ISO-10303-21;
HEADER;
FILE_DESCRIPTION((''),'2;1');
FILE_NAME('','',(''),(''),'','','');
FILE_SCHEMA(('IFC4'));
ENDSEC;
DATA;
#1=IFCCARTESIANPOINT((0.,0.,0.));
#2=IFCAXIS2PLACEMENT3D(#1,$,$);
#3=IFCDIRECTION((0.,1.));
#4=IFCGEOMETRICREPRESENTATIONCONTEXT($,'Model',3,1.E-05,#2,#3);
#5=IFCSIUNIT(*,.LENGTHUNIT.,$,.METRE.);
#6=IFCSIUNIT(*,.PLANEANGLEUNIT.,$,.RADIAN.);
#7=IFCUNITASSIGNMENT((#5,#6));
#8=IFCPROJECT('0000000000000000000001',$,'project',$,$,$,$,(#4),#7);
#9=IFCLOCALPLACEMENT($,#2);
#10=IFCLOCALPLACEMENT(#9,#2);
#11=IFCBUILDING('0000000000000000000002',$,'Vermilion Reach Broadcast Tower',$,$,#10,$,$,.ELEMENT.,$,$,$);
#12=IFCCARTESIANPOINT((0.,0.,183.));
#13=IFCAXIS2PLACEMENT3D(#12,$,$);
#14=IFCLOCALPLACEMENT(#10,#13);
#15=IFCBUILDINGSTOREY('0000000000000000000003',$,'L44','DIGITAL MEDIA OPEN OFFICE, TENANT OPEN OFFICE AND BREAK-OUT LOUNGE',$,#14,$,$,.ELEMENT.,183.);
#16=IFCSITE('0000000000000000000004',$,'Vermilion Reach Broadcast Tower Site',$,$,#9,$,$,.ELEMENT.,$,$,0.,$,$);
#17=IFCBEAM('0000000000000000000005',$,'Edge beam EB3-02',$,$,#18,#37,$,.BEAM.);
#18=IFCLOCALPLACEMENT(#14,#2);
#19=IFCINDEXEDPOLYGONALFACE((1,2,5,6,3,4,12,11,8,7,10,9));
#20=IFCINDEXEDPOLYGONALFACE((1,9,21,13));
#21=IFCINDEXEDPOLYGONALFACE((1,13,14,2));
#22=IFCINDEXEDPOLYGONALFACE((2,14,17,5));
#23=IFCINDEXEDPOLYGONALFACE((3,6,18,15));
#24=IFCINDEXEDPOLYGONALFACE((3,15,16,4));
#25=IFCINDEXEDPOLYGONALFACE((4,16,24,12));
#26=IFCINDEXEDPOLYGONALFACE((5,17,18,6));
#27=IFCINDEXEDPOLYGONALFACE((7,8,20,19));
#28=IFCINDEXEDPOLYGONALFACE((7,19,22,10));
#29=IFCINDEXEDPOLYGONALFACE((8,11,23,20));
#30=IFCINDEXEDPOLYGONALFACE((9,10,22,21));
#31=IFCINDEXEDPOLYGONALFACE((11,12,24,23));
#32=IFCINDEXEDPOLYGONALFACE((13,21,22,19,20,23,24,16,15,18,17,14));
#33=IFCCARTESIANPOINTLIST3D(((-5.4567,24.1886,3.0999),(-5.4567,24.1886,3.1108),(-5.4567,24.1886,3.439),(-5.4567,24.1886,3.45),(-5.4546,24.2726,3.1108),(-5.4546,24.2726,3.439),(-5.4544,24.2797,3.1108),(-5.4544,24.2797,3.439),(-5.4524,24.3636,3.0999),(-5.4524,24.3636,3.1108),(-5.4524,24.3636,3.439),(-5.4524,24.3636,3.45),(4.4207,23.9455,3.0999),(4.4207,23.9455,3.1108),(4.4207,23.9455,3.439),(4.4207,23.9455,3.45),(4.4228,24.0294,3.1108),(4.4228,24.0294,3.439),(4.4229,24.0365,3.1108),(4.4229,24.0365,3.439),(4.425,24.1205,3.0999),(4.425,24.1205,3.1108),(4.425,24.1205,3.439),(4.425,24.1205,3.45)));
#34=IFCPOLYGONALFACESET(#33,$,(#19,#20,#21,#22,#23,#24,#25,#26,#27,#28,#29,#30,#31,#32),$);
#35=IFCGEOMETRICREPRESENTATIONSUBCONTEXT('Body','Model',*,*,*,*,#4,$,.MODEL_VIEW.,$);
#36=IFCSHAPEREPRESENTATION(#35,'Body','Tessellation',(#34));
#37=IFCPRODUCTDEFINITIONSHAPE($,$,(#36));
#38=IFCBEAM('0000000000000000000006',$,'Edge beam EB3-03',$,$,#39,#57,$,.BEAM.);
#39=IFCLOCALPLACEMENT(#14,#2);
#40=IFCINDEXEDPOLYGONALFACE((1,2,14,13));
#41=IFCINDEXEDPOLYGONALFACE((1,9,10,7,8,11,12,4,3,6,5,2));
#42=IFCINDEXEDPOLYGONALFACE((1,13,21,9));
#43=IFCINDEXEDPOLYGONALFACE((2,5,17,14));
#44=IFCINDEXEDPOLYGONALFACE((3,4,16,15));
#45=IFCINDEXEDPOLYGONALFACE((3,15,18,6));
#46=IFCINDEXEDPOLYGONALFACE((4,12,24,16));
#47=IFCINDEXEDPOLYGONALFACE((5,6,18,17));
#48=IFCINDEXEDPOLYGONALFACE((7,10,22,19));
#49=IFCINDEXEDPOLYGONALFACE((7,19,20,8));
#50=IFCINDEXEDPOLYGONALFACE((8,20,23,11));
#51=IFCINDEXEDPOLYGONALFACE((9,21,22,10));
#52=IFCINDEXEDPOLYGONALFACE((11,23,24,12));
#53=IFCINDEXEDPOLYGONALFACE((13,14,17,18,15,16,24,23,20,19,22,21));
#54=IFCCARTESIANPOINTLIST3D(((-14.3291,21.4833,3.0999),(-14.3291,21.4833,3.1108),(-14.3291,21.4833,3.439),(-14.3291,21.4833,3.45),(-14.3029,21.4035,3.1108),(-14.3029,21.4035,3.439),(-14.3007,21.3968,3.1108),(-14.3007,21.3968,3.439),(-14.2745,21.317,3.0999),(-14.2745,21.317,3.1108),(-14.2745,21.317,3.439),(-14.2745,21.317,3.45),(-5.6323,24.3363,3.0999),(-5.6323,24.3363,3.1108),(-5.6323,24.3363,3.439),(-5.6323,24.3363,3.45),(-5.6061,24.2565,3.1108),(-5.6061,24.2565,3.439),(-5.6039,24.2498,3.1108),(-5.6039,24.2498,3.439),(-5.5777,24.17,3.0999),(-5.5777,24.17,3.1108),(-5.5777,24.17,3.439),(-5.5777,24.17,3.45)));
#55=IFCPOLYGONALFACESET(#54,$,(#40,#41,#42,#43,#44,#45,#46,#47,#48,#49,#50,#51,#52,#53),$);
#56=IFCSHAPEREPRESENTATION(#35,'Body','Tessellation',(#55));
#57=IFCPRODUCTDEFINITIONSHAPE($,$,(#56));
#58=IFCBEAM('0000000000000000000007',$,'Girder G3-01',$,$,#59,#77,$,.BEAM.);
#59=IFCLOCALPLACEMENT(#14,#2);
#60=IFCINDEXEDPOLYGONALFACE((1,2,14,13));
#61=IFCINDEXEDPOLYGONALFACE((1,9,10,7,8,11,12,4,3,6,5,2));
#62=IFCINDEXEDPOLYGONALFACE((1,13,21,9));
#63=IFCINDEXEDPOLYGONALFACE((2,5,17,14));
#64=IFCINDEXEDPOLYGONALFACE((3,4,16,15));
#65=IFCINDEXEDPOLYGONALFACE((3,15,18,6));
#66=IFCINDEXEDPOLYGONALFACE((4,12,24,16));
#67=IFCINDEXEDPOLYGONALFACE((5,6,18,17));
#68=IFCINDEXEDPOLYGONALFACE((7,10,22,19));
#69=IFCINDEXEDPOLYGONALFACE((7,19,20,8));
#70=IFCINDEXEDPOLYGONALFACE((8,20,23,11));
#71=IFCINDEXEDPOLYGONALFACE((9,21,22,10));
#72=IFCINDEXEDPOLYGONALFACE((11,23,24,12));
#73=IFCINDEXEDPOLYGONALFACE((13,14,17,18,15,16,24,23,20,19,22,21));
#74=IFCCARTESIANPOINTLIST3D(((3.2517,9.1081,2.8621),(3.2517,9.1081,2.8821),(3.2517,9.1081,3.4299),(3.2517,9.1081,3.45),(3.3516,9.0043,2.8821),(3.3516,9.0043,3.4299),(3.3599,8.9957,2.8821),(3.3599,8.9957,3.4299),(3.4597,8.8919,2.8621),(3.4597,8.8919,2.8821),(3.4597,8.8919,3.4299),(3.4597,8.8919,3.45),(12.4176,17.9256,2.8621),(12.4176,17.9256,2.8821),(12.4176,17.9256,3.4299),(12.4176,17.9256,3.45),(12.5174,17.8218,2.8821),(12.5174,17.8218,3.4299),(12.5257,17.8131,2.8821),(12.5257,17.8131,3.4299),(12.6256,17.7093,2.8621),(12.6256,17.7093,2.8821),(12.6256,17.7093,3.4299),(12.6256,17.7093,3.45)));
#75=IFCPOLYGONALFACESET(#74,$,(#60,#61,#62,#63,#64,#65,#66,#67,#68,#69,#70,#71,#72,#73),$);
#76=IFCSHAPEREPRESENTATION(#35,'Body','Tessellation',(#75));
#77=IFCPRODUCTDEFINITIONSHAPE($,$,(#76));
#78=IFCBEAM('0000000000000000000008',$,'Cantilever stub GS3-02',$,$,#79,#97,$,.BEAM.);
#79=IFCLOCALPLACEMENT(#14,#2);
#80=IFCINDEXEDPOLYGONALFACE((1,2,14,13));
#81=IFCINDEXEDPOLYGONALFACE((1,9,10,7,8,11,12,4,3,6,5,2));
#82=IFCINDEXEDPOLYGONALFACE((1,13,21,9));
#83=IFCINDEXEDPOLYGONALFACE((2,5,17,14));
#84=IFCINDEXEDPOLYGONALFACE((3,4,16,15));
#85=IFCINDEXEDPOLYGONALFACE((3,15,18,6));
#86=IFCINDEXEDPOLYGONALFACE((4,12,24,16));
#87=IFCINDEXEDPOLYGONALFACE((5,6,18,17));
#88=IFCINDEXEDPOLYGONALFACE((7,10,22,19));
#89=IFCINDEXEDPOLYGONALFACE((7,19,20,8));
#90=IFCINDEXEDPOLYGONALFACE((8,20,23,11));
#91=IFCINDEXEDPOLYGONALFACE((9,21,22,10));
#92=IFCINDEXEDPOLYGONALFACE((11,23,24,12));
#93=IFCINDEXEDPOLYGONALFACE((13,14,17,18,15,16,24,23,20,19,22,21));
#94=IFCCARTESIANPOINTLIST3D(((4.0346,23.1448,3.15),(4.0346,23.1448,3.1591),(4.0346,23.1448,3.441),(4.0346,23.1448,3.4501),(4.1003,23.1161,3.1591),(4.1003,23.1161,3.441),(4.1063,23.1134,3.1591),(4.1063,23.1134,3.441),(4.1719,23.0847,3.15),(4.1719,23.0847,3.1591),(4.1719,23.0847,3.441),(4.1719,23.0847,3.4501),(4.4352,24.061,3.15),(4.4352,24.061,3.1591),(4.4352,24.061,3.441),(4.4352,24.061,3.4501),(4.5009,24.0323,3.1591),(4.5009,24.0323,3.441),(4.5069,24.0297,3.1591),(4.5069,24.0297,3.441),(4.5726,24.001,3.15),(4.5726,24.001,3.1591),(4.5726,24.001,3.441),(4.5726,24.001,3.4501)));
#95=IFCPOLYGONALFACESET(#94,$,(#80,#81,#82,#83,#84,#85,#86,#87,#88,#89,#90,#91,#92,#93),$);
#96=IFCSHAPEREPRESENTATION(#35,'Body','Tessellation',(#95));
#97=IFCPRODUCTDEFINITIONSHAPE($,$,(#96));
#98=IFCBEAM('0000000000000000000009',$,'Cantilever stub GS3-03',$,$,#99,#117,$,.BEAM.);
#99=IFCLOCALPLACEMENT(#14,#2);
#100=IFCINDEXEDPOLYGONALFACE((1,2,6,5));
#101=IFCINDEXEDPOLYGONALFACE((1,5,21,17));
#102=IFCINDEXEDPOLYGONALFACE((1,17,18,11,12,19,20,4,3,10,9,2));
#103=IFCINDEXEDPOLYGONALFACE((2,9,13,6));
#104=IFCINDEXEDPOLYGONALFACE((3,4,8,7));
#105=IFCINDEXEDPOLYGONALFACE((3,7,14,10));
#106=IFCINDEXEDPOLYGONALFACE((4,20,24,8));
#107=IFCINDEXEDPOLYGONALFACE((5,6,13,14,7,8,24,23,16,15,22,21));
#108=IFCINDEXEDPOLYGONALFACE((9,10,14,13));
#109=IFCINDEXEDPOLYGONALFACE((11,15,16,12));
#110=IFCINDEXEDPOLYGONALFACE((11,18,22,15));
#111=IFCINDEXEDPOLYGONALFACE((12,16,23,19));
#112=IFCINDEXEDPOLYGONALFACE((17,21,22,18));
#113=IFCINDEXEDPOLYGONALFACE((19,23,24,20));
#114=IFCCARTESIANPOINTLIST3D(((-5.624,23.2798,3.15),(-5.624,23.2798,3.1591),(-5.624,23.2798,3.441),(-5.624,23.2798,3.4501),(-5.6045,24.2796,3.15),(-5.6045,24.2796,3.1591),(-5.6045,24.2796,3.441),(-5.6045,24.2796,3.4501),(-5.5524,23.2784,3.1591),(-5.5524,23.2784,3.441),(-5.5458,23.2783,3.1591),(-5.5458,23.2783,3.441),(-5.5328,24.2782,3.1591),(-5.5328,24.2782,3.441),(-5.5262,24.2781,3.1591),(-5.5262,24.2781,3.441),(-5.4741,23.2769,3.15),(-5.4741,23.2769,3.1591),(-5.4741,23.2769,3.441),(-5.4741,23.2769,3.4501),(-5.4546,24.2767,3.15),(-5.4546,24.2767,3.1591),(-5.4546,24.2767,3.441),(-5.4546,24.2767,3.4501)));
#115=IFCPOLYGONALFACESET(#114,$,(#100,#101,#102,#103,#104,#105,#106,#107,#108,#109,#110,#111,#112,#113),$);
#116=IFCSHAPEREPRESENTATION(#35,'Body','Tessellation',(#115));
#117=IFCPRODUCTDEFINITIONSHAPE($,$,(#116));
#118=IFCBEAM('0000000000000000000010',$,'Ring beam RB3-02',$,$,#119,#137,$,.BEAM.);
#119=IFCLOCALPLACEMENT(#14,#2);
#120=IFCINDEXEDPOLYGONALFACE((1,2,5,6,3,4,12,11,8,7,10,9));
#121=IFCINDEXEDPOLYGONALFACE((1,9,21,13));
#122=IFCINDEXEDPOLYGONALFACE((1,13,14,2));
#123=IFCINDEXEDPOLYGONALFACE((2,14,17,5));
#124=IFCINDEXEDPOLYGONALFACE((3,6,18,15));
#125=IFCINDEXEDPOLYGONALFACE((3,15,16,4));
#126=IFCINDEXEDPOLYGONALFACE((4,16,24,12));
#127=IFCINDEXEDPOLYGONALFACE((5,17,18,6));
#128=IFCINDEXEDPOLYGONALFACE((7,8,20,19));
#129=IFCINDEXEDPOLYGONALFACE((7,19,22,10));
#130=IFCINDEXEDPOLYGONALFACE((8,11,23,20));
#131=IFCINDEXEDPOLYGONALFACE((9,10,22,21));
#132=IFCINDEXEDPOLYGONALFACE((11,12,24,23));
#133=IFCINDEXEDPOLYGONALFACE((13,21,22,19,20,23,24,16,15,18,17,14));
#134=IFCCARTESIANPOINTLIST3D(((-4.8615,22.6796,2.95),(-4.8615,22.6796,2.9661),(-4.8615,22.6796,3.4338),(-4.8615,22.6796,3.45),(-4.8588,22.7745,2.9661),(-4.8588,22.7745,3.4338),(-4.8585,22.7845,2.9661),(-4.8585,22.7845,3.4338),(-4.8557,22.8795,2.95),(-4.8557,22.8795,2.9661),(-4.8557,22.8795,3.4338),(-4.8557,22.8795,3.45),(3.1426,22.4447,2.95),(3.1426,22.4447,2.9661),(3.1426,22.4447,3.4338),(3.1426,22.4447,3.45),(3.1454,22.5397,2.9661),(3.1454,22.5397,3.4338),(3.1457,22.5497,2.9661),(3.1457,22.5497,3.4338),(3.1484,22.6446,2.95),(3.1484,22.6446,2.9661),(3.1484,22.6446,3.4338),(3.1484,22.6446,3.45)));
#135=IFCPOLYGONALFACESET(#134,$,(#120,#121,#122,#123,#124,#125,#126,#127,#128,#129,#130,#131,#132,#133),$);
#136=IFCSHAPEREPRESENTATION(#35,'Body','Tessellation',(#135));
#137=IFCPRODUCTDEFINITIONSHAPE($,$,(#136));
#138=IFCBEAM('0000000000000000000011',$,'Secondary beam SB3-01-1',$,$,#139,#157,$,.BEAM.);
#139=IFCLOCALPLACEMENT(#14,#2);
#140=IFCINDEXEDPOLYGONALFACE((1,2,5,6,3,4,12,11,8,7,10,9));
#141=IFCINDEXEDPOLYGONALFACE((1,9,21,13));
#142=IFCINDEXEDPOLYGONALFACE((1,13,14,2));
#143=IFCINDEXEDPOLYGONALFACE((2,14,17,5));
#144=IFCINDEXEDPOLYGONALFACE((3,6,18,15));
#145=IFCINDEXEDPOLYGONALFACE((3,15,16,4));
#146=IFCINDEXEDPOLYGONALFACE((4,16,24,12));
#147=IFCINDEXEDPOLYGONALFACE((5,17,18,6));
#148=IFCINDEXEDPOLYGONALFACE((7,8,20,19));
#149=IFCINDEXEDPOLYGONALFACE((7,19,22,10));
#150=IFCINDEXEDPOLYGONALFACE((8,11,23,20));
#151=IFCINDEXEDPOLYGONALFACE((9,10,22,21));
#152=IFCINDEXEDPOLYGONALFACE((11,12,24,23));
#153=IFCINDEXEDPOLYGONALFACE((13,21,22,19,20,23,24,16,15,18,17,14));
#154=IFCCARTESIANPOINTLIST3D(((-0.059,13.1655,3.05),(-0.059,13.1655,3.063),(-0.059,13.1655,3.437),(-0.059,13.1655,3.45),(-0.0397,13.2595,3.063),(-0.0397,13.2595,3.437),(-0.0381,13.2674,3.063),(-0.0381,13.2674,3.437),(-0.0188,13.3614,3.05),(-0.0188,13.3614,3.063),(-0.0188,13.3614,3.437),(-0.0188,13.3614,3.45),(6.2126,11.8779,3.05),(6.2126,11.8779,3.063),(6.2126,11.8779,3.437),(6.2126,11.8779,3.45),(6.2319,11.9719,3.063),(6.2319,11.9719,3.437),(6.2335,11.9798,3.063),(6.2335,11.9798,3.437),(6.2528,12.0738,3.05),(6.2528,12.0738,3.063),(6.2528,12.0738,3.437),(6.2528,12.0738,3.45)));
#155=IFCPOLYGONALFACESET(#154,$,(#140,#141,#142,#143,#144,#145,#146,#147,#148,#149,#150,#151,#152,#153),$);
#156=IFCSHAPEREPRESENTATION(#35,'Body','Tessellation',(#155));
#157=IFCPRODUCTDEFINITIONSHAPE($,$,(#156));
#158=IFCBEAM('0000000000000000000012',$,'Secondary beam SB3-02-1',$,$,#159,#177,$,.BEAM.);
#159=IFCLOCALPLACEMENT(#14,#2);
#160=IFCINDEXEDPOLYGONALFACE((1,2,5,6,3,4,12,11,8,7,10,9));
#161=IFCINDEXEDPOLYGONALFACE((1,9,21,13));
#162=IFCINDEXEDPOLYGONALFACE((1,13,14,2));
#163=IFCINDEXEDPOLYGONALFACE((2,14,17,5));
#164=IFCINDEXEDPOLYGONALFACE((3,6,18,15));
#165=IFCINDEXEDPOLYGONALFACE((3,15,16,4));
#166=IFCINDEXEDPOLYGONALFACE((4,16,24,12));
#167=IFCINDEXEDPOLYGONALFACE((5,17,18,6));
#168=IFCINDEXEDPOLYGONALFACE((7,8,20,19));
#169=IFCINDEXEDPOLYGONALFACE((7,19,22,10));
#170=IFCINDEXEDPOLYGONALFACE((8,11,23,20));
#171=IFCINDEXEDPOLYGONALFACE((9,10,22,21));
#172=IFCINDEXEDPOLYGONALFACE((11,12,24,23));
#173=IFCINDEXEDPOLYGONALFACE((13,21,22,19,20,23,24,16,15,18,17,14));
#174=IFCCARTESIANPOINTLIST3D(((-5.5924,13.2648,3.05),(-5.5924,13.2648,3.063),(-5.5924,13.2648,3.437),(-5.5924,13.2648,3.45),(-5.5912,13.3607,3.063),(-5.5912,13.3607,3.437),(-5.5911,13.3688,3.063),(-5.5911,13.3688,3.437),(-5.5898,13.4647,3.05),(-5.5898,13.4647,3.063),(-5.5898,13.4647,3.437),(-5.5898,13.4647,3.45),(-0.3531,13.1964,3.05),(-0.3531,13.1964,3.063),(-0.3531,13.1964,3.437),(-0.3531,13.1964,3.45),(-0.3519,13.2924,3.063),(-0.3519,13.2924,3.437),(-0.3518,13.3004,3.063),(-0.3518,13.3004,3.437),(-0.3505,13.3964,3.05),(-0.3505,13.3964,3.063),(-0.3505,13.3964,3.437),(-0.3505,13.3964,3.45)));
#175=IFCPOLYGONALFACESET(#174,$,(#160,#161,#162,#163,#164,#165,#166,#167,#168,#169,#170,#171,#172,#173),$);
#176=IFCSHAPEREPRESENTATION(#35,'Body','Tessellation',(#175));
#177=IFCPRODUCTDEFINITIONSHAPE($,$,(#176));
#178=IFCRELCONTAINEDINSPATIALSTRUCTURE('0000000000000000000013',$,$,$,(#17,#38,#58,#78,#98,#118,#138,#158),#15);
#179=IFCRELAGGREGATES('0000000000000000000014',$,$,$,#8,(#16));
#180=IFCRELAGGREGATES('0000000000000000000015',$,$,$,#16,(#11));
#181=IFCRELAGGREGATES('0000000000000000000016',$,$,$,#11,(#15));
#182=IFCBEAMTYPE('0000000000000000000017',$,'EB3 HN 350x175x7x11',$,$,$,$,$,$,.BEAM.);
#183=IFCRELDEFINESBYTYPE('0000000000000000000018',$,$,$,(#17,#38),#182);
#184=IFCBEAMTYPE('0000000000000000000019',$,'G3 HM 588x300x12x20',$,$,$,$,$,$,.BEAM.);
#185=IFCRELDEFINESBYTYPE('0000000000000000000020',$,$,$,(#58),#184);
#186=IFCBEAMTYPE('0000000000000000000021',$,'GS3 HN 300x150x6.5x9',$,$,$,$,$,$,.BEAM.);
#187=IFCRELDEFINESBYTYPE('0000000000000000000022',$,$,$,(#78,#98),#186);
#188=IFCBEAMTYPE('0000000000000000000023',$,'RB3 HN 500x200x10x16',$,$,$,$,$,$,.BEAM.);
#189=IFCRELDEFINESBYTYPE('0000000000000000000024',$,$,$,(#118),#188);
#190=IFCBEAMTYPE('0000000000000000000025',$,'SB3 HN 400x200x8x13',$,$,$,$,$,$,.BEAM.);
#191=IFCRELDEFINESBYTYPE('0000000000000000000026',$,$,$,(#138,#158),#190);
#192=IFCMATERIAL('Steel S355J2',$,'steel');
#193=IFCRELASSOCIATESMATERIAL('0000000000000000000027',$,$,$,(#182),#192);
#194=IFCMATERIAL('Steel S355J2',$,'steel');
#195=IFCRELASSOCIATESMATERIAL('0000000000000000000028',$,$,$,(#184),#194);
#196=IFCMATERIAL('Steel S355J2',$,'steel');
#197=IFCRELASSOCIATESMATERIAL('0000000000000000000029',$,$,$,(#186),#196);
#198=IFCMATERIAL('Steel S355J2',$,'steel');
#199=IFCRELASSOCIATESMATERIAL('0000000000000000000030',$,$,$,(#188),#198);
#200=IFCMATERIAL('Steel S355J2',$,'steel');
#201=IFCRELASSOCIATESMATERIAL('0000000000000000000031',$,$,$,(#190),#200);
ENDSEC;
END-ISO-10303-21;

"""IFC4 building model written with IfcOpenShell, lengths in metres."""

from ifc_helpers import new_model, si_unit, direction, frame, origin, origin_2d, place, context, subcontext, project, spatial, i_section, extrude, material, material_profile, profile_set, type_object, element, save


model = new_model("IFC4")

# Units and contexts
model_context = context("Model", 3, precision=1e-05, world=origin(), true_north=direction((0.0, 1.0)))
body_context = subcontext(model_context, "Body", "Model", "MODEL_VIEW")
ifc_project = project(units=[si_unit("LENGTHUNIT", "METRE"), si_unit("PLANEANGLEUNIT", "RADIAN")], contexts=[model_context])

# Site, building, storey
site_placement = place(None, origin())
site = spatial("IfcSite", under=ifc_project, at=site_placement, Name="Vermilion Reach Broadcast Tower Site", CompositionType="ELEMENT", RefElevation=0.0)
building_placement = place(site_placement, origin())
building = spatial("IfcBuilding", under=site, at=building_placement, Name="Vermilion Reach Broadcast Tower", CompositionType="ELEMENT")
storey_placement = place(building_placement, frame((0.0, 0.0, 183.0)))
storey = spatial("IfcBuildingStorey", under=building, at=storey_placement, Name="L44", Description="DIGITAL MEDIA OPEN OFFICE, TENANT OPEN OFFICE AND BREAK-OUT LOUNGE", CompositionType="ELEMENT", Elevation=183.0)

# Beams
ifc_material_1 = material(Name="Steel S355J2", Category="steel")
ifc_material_profile_1 = material_profile(ifc_material_1, i_section(OverallWidth=0.175, OverallDepth=0.3501, WebThickness=0.0071, FlangeThickness=0.011, at=origin_2d()), Name="S355J2 HN 350x175x7x11")
ifc_profile_set_1 = profile_set([ifc_material_profile_1], Name="Steel S355J2")
beam_type_1 = type_object("IfcBeamType", Name="EB3 HN 350x175x7x11", PredefinedType="BEAM", material=ifc_profile_set_1)
beam_1_placement = place(storey_placement, frame((4.4229, 24.033, 3.2749), z_axis=(-0.999697, 0.024611, 0.0), x_axis=(-0.024611, -0.999697, 0.0)))
element("IfcBeam", 1, at=beam_1_placement, inside=storey, type_object=beam_type_1, Name="Edge beam EB3-02", PredefinedType="BEAM", context=body_context, shape_type="SweptSolid", body=[
    extrude(i_section(OverallWidth=0.175, OverallDepth=0.3501, WebThickness=0.0071, FlangeThickness=0.011, at=origin_2d()), origin(), (0.0, 0.0, 1.0), 9.8804),
])
beam_2_placement = place(storey_placement, frame((-5.605, 24.2532, 3.2749), z_axis=(-0.950177, -0.311711, 0.0), x_axis=(0.311711, -0.950177, 0.0)))
element("IfcBeam", 2, at=beam_2_placement, inside=storey, type_object=beam_type_1, Name="Edge beam EB3-03", PredefinedType="BEAM", context=body_context, shape_type="SweptSolid", body=[
    extrude(i_section(OverallWidth=0.175, OverallDepth=0.3501, WebThickness=0.0071, FlangeThickness=0.011, at=origin_2d()), origin(), (0.0, 0.0, 1.0), 9.1528),
])
ifc_material_2 = material(Name="Steel S355J2", Category="steel")
ifc_material_profile_2 = material_profile(ifc_material_2, i_section(OverallWidth=0.3, OverallDepth=0.5879, WebThickness=0.012, FlangeThickness=0.02, at=origin_2d()), Name="S355J2 HM 588x300x12x20")
ifc_profile_set_2 = profile_set([ifc_material_profile_2], Name="Steel S355J2")
beam_type_2 = type_object("IfcBeamType", Name="G3 HM 588x300x12x20", PredefinedType="BEAM", material=ifc_profile_set_2)
beam_3_placement = place(storey_placement, frame((3.3557, 9.0, 3.156), z_axis=(0.72067, 0.693278, 0.0), x_axis=(-0.693278, 0.72067, 0.0)))
element("IfcBeam", 3, at=beam_3_placement, inside=storey, type_object=beam_type_2, Name="Girder G3-01", PredefinedType="BEAM", context=body_context, shape_type="SweptSolid", body=[
    extrude(i_section(OverallWidth=0.3, OverallDepth=0.5879, WebThickness=0.012, FlangeThickness=0.02, at=origin_2d()), origin(), (0.0, 0.0, 1.0), 12.7185),
])
ifc_material_3 = material(Name="Steel S355J2", Category="steel")
ifc_material_profile_3 = material_profile(ifc_material_3, i_section(OverallWidth=0.1499, OverallDepth=0.3, WebThickness=0.0066, FlangeThickness=0.009, at=origin_2d()), Name="S355J2 HN 300x150x6.5x9")
ifc_profile_set_3 = profile_set([ifc_material_profile_3], Name="Steel S355J2")
beam_type_3 = type_object("IfcBeamType", Name="GS3 HN 300x150x6.5x9", PredefinedType="BEAM", material=ifc_profile_set_3)
for number, where, z_axis, x_axis, name in (
    (4, (4.1033, 23.1147, 3.3), (0.400627, 0.916241, 0.0), (-0.916241, 0.400627, 0.0), "Cantilever stub GS3-02"),
    (5, (-5.5491, 23.2783, 3.3), (0.019532, 0.999809, 0.0), (-0.999809, 0.019532, 0.0), "Cantilever stub GS3-03"),
):
    element("IfcBeam", number, at=place(storey_placement, frame(where, z_axis=z_axis, x_axis=x_axis)), inside=storey, type_object=beam_type_3, Name=name, PredefinedType="BEAM", context=body_context, shape_type="SweptSolid", body=[
        extrude(i_section(OverallWidth=0.1499, OverallDepth=0.3, WebThickness=0.0066, FlangeThickness=0.009, at=origin_2d()), origin(), (0.0, 0.0, 1.0), 1.0),
    ])
ifc_material_4 = material(Name="Steel S355J2", Category="steel")
ifc_material_profile_4 = material_profile(ifc_material_4, i_section(OverallWidth=0.2, OverallDepth=0.5, WebThickness=0.01, FlangeThickness=0.0161, at=origin_2d()), Name="S355J2 HN 500x200x10x16")
ifc_profile_set_4 = profile_set([ifc_material_profile_4], Name="Steel S355J2")
beam_type_4 = type_object("IfcBeamType", Name="RB3 HN 500x200x10x16", PredefinedType="BEAM", material=ifc_profile_set_4)
beam_4_placement = place(storey_placement, frame((3.1455, 22.5447, 3.2), z_axis=(-0.99957, 0.02933, 0.0), x_axis=(-0.02933, -0.99957, 0.0)))
element("IfcBeam", 6, at=beam_4_placement, inside=storey, type_object=beam_type_4, Name="Ring beam RB3-02", PredefinedType="BEAM", context=body_context, shape_type="SweptSolid", body=[
    extrude(i_section(OverallWidth=0.2, OverallDepth=0.5, WebThickness=0.01, FlangeThickness=0.0161, at=origin_2d()), origin(), (0.0, 0.0, 1.0), 8.0076),
])
ifc_material_5 = material(Name="Steel S355J2", Category="steel")
ifc_material_profile_5 = material_profile(ifc_material_5, i_section(OverallWidth=0.2, OverallDepth=0.3999, WebThickness=0.0081, FlangeThickness=0.0129, at=origin_2d()), Name="S355J2 HN 400x200x8x13")
ifc_profile_set_5 = profile_set([ifc_material_profile_5], Name="Steel S355J2")
beam_type_5 = type_object("IfcBeamType", Name="SB3 HN 400x200x8x13", PredefinedType="BEAM", material=ifc_profile_set_5)
beam_5_placement = place(storey_placement, frame((6.2327, 11.9758, 3.25), z_axis=(-0.979568, 0.201115, 0.0), x_axis=(-0.201115, -0.979568, 0.0)))
element("IfcBeam", 7, at=beam_5_placement, inside=storey, type_object=beam_type_5, Name="Secondary beam SB3-01-1", PredefinedType="BEAM", context=body_context, shape_type="SweptSolid", body=[
    extrude(i_section(OverallWidth=0.2, OverallDepth=0.3999, WebThickness=0.0081, FlangeThickness=0.0129, at=origin_2d()), origin(), (0.0, 0.0, 1.0), 6.4023),
])
beam_6_placement = place(storey_placement, frame((-0.3518, 13.2964, 3.25), z_axis=(-0.999915, 0.013046, 0.0), x_axis=(-0.013046, -0.999915, 0.0)))
element("IfcBeam", 8, at=beam_6_placement, inside=storey, type_object=beam_type_5, Name="Secondary beam SB3-02-1", PredefinedType="BEAM", context=body_context, shape_type="SweptSolid", body=[
    extrude(i_section(OverallWidth=0.2, OverallDepth=0.3999, WebThickness=0.0081, FlangeThickness=0.0129, at=origin_2d()), origin(), (0.0, 0.0, 1.0), 5.2397),
])

save(model, "model.ifc")
